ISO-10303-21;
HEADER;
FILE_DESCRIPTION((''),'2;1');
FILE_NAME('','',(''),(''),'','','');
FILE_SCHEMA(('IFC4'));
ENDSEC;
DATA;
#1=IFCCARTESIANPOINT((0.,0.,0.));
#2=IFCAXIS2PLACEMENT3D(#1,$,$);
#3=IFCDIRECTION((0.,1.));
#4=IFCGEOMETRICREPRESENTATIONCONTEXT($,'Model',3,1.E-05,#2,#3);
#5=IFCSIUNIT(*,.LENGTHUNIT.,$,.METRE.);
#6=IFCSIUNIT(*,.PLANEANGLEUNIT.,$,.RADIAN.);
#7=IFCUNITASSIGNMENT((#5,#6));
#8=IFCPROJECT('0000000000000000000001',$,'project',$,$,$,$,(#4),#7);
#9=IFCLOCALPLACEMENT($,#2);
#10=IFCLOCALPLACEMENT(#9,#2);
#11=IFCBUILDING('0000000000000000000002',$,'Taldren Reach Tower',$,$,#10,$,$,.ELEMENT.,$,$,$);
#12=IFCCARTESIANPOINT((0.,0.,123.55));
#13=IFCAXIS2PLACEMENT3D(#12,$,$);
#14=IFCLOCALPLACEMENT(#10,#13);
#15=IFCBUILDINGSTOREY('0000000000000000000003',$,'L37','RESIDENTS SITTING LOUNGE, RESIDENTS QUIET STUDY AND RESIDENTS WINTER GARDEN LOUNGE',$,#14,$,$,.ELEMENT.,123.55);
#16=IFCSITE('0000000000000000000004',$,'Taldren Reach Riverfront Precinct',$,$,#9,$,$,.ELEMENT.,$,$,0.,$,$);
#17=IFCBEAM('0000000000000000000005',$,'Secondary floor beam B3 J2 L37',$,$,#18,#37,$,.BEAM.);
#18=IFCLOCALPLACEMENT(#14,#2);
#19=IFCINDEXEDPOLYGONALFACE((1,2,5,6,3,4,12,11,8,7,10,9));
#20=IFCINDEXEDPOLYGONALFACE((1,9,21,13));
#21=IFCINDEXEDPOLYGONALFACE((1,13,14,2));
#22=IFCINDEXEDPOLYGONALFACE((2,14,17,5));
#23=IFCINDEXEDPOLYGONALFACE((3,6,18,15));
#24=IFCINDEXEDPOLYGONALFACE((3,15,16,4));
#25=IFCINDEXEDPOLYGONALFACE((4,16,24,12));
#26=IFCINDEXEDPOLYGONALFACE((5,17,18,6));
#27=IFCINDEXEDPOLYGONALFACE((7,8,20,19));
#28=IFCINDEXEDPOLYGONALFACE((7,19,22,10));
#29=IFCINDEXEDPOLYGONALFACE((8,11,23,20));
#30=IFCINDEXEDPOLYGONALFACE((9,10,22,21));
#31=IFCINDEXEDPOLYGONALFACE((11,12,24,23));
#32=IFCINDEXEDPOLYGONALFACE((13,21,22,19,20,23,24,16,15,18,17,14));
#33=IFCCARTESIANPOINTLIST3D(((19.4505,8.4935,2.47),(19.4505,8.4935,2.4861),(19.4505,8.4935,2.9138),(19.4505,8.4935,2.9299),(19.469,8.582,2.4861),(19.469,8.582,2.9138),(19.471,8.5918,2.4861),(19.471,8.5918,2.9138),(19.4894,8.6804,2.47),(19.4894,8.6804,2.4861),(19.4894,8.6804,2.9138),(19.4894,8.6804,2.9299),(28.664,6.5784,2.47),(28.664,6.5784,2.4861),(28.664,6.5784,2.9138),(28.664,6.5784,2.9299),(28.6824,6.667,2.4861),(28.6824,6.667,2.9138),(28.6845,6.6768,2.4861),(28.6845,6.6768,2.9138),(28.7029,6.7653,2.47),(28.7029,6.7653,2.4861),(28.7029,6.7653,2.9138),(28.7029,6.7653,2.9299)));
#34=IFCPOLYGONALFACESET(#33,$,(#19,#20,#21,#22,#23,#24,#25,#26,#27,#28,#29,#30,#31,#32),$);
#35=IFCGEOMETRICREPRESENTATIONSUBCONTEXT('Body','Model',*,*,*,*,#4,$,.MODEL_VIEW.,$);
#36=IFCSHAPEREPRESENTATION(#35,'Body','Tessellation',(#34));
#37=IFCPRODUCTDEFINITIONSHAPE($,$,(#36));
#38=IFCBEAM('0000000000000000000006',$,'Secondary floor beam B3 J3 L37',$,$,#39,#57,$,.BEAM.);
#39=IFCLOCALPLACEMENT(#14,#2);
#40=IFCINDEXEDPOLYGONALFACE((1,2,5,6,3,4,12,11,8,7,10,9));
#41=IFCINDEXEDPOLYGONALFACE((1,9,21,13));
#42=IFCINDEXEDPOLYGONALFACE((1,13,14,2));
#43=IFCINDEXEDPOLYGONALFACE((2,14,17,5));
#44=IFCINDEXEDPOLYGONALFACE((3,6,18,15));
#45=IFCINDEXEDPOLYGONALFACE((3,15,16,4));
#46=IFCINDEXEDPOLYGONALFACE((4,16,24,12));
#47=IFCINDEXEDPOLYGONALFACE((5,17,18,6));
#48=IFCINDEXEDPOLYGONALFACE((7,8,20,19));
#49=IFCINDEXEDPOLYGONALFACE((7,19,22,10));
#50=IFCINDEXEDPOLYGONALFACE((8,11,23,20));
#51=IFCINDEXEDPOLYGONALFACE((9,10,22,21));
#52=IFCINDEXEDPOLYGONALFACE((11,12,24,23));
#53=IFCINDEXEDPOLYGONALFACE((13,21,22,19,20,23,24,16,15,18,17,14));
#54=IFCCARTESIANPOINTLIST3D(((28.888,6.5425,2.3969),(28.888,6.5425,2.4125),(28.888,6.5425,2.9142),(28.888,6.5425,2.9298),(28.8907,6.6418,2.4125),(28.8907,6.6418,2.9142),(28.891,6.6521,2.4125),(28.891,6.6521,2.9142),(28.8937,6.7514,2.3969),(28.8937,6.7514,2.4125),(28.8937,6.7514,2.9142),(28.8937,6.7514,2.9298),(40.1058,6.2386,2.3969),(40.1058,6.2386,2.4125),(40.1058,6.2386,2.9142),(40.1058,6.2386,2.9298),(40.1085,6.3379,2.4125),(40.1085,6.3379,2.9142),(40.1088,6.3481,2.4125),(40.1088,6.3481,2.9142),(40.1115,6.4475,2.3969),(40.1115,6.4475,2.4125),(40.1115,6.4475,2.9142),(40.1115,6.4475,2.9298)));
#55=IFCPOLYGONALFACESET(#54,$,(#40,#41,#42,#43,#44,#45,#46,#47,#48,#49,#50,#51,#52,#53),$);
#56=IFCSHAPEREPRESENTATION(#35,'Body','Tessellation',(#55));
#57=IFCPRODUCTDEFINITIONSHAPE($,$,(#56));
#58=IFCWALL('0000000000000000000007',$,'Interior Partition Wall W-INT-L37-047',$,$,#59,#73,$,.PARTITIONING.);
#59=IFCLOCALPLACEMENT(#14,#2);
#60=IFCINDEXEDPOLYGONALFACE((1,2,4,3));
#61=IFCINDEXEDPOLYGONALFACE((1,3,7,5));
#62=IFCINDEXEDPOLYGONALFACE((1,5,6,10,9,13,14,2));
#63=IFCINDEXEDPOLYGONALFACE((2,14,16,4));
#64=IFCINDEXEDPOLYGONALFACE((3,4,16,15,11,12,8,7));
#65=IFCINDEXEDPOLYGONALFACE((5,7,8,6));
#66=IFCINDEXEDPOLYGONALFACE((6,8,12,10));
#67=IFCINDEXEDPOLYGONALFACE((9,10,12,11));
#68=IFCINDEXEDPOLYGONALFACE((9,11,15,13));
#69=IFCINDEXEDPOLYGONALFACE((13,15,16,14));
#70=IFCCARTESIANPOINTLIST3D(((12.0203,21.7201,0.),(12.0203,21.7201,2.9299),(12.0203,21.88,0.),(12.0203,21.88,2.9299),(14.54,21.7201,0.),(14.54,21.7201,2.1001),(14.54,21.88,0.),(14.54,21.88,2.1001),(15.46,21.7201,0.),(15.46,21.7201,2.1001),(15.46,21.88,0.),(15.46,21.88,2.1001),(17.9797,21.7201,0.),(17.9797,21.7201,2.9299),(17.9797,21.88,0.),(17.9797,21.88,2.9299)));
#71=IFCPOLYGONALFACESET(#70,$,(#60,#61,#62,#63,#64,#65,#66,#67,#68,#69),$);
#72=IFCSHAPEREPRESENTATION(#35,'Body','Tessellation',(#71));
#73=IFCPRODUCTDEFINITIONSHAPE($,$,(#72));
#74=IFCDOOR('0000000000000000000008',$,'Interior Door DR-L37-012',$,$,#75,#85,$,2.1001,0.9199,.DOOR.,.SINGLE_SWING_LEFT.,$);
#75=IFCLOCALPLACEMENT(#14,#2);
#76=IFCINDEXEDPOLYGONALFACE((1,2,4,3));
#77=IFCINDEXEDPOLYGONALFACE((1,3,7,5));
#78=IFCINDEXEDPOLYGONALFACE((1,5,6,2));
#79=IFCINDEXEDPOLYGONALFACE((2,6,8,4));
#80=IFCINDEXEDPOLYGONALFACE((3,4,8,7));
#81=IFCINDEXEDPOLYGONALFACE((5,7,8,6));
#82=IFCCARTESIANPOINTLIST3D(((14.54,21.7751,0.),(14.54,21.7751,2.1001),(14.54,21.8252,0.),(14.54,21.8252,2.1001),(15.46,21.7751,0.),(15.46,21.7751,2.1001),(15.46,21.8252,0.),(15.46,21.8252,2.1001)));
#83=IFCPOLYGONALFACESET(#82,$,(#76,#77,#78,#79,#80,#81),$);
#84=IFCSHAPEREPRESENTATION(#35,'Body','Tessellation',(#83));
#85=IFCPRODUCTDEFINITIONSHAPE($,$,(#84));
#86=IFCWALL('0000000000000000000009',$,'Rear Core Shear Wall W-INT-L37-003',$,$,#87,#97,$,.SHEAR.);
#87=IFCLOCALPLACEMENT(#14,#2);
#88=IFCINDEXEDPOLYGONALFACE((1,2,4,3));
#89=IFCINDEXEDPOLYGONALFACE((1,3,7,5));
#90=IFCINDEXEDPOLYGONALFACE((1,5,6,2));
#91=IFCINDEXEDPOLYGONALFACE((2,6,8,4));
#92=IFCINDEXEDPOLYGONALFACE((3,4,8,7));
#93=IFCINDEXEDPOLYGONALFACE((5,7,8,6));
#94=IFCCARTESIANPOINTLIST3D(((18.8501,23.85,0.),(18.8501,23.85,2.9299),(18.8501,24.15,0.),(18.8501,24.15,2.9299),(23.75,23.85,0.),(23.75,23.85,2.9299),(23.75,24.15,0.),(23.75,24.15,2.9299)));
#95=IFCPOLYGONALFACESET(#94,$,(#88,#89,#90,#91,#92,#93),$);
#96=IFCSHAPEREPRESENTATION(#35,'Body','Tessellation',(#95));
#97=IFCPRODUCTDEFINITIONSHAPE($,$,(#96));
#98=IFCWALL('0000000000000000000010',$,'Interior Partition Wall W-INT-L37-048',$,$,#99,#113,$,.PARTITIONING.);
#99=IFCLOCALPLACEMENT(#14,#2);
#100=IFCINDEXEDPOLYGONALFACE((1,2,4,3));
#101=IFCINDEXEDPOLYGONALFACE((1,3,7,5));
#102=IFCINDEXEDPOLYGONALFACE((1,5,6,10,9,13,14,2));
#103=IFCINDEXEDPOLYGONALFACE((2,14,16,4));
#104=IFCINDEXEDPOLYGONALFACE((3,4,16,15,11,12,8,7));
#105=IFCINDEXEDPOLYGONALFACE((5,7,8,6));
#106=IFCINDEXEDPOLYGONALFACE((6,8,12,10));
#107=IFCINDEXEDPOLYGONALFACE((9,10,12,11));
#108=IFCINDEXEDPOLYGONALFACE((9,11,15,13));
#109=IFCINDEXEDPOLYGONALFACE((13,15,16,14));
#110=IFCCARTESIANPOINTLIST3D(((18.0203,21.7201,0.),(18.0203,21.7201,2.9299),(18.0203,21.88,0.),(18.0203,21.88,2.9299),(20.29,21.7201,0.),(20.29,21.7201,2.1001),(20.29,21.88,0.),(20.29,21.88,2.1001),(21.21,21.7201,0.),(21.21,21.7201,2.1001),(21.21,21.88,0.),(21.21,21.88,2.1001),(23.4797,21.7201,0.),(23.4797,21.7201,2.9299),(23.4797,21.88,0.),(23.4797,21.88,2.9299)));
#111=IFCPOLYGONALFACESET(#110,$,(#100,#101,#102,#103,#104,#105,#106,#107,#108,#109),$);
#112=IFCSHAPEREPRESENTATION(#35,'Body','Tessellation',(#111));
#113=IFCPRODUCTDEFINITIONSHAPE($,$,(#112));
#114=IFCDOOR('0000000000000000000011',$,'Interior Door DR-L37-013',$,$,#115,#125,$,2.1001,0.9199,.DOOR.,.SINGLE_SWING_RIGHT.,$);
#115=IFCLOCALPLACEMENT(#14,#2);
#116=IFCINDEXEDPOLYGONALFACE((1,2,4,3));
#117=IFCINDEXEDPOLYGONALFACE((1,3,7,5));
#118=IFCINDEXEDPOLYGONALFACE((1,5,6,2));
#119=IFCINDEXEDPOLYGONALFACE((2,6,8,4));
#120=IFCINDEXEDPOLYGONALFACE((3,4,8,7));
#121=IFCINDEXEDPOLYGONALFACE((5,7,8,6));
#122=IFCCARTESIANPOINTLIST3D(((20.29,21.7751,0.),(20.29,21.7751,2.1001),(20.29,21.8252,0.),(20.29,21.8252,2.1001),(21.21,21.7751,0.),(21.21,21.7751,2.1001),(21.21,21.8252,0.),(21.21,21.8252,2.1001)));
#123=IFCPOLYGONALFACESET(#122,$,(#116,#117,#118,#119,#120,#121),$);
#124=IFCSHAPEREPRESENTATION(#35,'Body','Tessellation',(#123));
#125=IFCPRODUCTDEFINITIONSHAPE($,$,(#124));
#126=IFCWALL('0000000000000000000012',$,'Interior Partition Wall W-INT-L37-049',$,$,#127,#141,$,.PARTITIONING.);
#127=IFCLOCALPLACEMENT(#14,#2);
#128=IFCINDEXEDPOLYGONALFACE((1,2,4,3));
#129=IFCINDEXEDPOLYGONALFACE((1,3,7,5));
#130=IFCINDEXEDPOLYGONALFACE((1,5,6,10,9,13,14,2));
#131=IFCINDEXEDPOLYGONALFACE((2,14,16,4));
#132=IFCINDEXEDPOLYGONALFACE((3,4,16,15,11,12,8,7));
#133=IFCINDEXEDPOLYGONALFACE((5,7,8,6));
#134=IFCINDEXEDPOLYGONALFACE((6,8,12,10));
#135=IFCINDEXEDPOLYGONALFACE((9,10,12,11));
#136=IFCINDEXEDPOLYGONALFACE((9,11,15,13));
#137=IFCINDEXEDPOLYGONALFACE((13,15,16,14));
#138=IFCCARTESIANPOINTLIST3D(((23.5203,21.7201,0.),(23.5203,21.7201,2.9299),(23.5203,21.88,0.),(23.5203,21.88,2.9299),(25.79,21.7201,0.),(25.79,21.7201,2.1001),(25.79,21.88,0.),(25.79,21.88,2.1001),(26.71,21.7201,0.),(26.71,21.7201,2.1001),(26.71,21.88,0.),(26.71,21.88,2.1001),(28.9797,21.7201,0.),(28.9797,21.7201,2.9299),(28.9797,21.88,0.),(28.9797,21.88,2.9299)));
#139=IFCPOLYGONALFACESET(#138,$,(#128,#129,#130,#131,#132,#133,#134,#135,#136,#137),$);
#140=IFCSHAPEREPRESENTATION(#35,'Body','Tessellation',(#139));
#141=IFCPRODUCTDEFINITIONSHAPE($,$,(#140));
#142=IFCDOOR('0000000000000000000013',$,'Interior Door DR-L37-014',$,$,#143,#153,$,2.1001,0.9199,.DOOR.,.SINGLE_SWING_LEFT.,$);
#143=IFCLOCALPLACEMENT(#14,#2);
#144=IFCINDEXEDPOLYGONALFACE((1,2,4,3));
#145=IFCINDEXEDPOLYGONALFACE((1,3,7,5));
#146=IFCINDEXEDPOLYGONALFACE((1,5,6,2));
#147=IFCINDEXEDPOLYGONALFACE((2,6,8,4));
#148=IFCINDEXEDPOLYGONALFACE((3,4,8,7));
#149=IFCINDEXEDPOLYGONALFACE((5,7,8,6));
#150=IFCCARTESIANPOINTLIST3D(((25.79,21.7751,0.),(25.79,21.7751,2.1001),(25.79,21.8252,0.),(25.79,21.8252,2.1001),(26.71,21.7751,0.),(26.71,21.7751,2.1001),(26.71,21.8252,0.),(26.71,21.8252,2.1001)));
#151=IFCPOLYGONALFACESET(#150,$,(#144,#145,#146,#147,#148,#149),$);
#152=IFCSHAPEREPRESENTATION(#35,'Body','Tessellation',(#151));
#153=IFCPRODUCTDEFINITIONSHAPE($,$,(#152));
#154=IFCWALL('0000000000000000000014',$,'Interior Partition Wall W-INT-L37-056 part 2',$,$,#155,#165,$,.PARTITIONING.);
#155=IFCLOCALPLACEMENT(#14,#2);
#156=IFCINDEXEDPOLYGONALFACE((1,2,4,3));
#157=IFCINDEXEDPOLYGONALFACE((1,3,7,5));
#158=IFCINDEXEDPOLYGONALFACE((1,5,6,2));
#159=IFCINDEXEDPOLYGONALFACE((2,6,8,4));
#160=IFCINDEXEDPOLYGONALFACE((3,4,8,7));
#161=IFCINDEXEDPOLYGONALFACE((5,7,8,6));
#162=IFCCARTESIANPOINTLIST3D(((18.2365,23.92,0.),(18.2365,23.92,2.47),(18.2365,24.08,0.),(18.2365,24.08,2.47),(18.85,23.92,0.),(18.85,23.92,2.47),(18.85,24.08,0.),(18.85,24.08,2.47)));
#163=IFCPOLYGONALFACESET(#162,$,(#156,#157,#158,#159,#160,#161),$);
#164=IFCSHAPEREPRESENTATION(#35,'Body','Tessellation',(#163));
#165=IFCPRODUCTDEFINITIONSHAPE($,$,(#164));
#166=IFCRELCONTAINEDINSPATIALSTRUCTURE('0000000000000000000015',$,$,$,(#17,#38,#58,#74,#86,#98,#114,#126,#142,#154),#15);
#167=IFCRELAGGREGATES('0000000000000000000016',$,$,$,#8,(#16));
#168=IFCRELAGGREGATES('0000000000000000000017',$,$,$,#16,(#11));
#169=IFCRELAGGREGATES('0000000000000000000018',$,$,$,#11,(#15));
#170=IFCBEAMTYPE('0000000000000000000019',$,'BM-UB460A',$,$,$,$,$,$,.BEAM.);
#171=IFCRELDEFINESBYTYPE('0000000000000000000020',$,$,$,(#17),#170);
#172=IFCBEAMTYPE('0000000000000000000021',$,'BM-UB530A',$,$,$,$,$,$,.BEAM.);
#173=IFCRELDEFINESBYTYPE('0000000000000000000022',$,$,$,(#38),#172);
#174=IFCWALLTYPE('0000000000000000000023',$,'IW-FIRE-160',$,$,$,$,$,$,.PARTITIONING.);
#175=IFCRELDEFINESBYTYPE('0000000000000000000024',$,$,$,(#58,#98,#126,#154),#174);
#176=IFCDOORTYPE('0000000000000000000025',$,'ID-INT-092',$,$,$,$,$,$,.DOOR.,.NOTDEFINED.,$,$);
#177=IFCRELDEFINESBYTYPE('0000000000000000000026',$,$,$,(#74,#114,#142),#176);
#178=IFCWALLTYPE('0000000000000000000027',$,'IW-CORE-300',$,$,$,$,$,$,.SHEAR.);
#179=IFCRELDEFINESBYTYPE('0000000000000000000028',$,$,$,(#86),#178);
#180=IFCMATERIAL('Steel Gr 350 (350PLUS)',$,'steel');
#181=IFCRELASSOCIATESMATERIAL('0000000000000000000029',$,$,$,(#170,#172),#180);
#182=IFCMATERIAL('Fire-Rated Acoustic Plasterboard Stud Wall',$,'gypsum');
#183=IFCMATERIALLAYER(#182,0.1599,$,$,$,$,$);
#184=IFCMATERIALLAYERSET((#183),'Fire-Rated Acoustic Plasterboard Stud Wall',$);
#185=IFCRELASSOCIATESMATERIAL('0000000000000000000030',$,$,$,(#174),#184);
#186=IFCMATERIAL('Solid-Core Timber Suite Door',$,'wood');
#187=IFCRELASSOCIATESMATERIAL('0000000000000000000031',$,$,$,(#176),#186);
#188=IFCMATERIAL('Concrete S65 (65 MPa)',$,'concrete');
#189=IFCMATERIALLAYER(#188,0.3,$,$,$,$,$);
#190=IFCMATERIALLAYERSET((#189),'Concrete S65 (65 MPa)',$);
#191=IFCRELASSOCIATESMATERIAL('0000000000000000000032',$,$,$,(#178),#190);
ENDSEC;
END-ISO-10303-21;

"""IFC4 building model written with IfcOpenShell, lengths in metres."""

from ifc_helpers import new_model, si_unit, direction, frame, frame_2d, origin, origin_2d, place, context, subcontext, project, spatial, rectangle, i_section, extrude, source, transform, mapped, material, layer, layer_set, material_profile, profile_set, type_object, element, fill, save


model = new_model("IFC4")

# Units and contexts
model_context = context("Model", 3, precision=1e-05, world=origin(), true_north=direction((0.0, 1.0)))
body_context = subcontext(model_context, "Body", "Model", "MODEL_VIEW")
ifc_project = project(units=[si_unit("LENGTHUNIT", "METRE"), si_unit("PLANEANGLEUNIT", "RADIAN")], contexts=[model_context])

# Site, building, storey
site_placement = place(None, origin())
site = spatial("IfcSite", under=ifc_project, at=site_placement, Name="Taldren Reach Riverfront Precinct", CompositionType="ELEMENT", RefElevation=0.0)
building_placement = place(site_placement, origin())
building = spatial("IfcBuilding", under=site, at=building_placement, Name="Taldren Reach Tower", CompositionType="ELEMENT")
storey_placement = place(building_placement, frame((0.0, 0.0, 123.55)))
storey = spatial("IfcBuildingStorey", under=building, at=storey_placement, Name="L37", Description="RESIDENTS SITTING LOUNGE, RESIDENTS QUIET STUDY AND RESIDENTS WINTER GARDEN LOUNGE", CompositionType="ELEMENT", Elevation=123.55)

# Shared definitions
ifc_material_1 = material(Name="Steel Gr 350 (350PLUS)", Category="steel")

# Shared definitions
ifc_material_profile_1 = material_profile(ifc_material_1, i_section(OverallWidth=0.1909, OverallDepth=0.46, WebThickness=0.01, FlangeThickness=0.0161, at=origin_2d()), Name="460UB82.1")
ifc_profile_set_1 = profile_set([ifc_material_profile_1], Name="Steel Gr 350 (350PLUS)")
beam_type_1 = type_object("IfcBeamType", Name="BM-UB460A", PredefinedType="BEAM", material=ifc_profile_set_1)
ifc_material_profile_2 = material_profile(ifc_material_1, i_section(OverallWidth=0.209, OverallDepth=0.533, WebThickness=0.0103, FlangeThickness=0.0156, at=origin_2d()), Name="530UB92.4")
ifc_profile_set_2 = profile_set([ifc_material_profile_2], Name="Steel Gr 350 (350PLUS)")
beam_type_2 = type_object("IfcBeamType", Name="BM-UB530A", PredefinedType="BEAM", material=ifc_profile_set_2)

# Beams
shared_shape_1 = source(origin(), body_context, "Body", "SweptSolid", [
    extrude(i_section(OverallWidth=0.1909, OverallDepth=0.46, WebThickness=0.01, FlangeThickness=0.0161, at=origin_2d()), origin(), (0.0, 0.0, 1.0), 9.4104),
])
beam_1_placement = place(storey_placement, frame((19.47, 8.5869, 2.7), z_axis=(0.979074, -0.203505, 0.0), x_axis=(0.203505, 0.979074, 0.0)))
element("IfcBeam", 1, at=beam_1_placement, inside=storey, type_object=beam_type_1, Name="Secondary floor beam B3 J2 L37", PredefinedType="BEAM", context=body_context, shape_type="MappedRepresentation", body=[
    mapped(shared_shape_1, transform((0.0, 0.0, 0.0), scale=1.0)),
])
shared_shape_2 = source(origin(), body_context, "Body", "SweptSolid", [
    extrude(i_section(OverallWidth=0.209, OverallDepth=0.533, WebThickness=0.0103, FlangeThickness=0.0156, at=origin_2d()), origin(), (0.0, 0.0, 1.0), 11.2219),
])
beam_2_placement = place(storey_placement, frame((28.8909, 6.647, 2.6633), z_axis=(0.999633, -0.027086, 0.0), x_axis=(0.027086, 0.999633, 0.0)))
element("IfcBeam", 2, at=beam_2_placement, inside=storey, type_object=beam_type_2, Name="Secondary floor beam B3 J3 L37", PredefinedType="BEAM", context=body_context, shape_type="MappedRepresentation", body=[
    mapped(shared_shape_2, transform((0.0, 0.0, 0.0), scale=1.0)),
])

# Wall, opening, door
ifc_material_2 = material(Name="Fire-Rated Acoustic Plasterboard Stud Wall", Category="gypsum")
ifc_layer_1 = layer(ifc_material_2, 0.1599)
ifc_layer_set_1 = layer_set([ifc_layer_1], Name="Fire-Rated Acoustic Plasterboard Stud Wall")
wall_type_1 = type_object("IfcWallType", Name="IW-FIRE-160", PredefinedType="PARTITIONING", material=ifc_layer_set_1)
shared_shape_3 = source(origin(), body_context, "Body", "SweptSolid", [
    extrude(rectangle(XDim=5.9595, YDim=0.1599, at=frame_2d((2.9797, 0.0))), origin(), (0.0, 0.0, 1.0), 2.9299),
])
wall_1_placement = place(storey_placement, frame((17.9797, 21.8, 0.0), z_axis=(0.0, 0.0, 1.0), x_axis=(-1.0, 0.0, 0.0)))
wall_1 = element("IfcWall", 3, at=wall_1_placement, inside=storey, type_object=wall_type_1, Name="Interior Partition Wall W-INT-L37-047", PredefinedType="PARTITIONING", context=body_context, shape_type="MappedRepresentation", body=[
    mapped(shared_shape_3, transform((0.0, 0.0, 0.0), scale=1.0)),
])
shared_shape_4 = source(origin(), body_context, "Body", "SweptSolid", [
    extrude(rectangle(XDim=0.9199, YDim=2.1001, at=frame_2d((0.46, 1.05))), frame((0.0, 0.0898, 0.0), z_axis=(0.0, -1.0, 0.0), x_axis=(1.0, 0.0, 0.0)), (0.0, 0.0, 1.0), 0.1799),
])
opening_1_placement = place(wall_1_placement, frame((2.5198, 0.0, 0.0)))
opening_1 = element("IfcOpeningElement", 4, at=opening_1_placement, cuts=wall_1, PredefinedType="OPENING", context=body_context, shape_type="MappedRepresentation", body=[
    mapped(shared_shape_4, transform((0.0, 0.0, 0.0), scale=1.0)),
])
ifc_material_3 = material(Name="Solid-Core Timber Suite Door", Category="wood")
door_type = type_object("IfcDoorType", Name="ID-INT-092", OperationType="NOTDEFINED", PredefinedType="DOOR", material=ifc_material_3)
shared_shape_5 = source(origin(), body_context, "Body", "SweptSolid", [
    extrude(rectangle(XDim=0.9199, YDim=2.1001, at=frame_2d((0.46, 1.05))), frame((0.0, 0.0249, 0.0), z_axis=(0.0, -1.0, 0.0), x_axis=(1.0, 0.0, 0.0)), (0.0, 0.0, 1.0), 0.05),
])
door_1_placement = place(opening_1_placement, origin())
door_1 = element("IfcDoor", 5, at=door_1_placement, inside=storey, type_object=door_type, Name="Interior Door DR-L37-012", OperationType="SINGLE_SWING_LEFT", OverallHeight=2.1001, OverallWidth=0.9199, PredefinedType="DOOR", context=body_context, shape_type="MappedRepresentation", body=[
    mapped(shared_shape_5, transform((0.0, 0.0, 0.0), scale=1.0)),
])
fill(opening_1, door_1)

# Wall
ifc_material_4 = material(Name="Concrete S65 (65 MPa)", Category="concrete")
ifc_layer_2 = layer(ifc_material_4, 0.3)
ifc_layer_set_2 = layer_set([ifc_layer_2], Name="Concrete S65 (65 MPa)")
wall_type_2 = type_object("IfcWallType", Name="IW-CORE-300", PredefinedType="SHEAR", material=ifc_layer_set_2)
shared_shape_6 = source(origin(), body_context, "Body", "SweptSolid", [
    extrude(rectangle(XDim=4.8999, YDim=0.3, at=frame_2d((2.45, 0.0))), origin(), (0.0, 0.0, 1.0), 2.9299),
])
wall_2_placement = place(storey_placement, frame((18.8501, 24.0, 0.0), z_axis=(0.0, 0.0, 1.0), x_axis=(1.0, 0.0, 0.0)))
element("IfcWall", 6, at=wall_2_placement, inside=storey, type_object=wall_type_2, Name="Rear Core Shear Wall W-INT-L37-003", PredefinedType="SHEAR", context=body_context, shape_type="MappedRepresentation", body=[
    mapped(shared_shape_6, transform((0.0, 0.0, 0.0), scale=1.0)),
])

# Walls, openings, doors
shared_shape_7 = source(origin(), body_context, "Body", "SweptSolid", [
    extrude(rectangle(XDim=5.4595, YDim=0.1599, at=frame_2d((2.7297, 0.0))), origin(), (0.0, 0.0, 1.0), 2.9299),
])
wall_3_placement = place(storey_placement, frame((23.4797, 21.8, 0.0), z_axis=(0.0, 0.0, 1.0), x_axis=(-1.0, 0.0, 0.0)))
wall_3 = element("IfcWall", 7, at=wall_3_placement, inside=storey, type_object=wall_type_1, Name="Interior Partition Wall W-INT-L37-048", PredefinedType="PARTITIONING", context=body_context, shape_type="MappedRepresentation", body=[
    mapped(shared_shape_7, transform((0.0, 0.0, 0.0), scale=1.0)),
])
opening_2_placement = place(wall_3_placement, frame((2.2698, 0.0, 0.0)))
opening_2 = element("IfcOpeningElement", 8, at=opening_2_placement, cuts=wall_3, PredefinedType="OPENING", context=body_context, shape_type="MappedRepresentation", body=[
    mapped(shared_shape_4, transform((0.0, 0.0, 0.0), scale=1.0)),
])
door_2_placement = place(opening_2_placement, origin())
door_2 = element("IfcDoor", 9, at=door_2_placement, inside=storey, type_object=door_type, Name="Interior Door DR-L37-013", OperationType="SINGLE_SWING_RIGHT", OverallHeight=2.1001, OverallWidth=0.9199, PredefinedType="DOOR", context=body_context, shape_type="MappedRepresentation", body=[
    mapped(shared_shape_5, transform((0.0, 0.0, 0.0), scale=1.0)),
])
fill(opening_2, door_2)
wall_4_placement = place(storey_placement, frame((28.9797, 21.8, 0.0), z_axis=(0.0, 0.0, 1.0), x_axis=(-1.0, 0.0, 0.0)))
wall_4 = element("IfcWall", 10, at=wall_4_placement, inside=storey, type_object=wall_type_1, Name="Interior Partition Wall W-INT-L37-049", PredefinedType="PARTITIONING", context=body_context, shape_type="MappedRepresentation", body=[
    mapped(shared_shape_7, transform((0.0, 0.0, 0.0), scale=1.0)),
])
opening_3_placement = place(wall_4_placement, frame((2.2698, 0.0, 0.0)))
opening_3 = element("IfcOpeningElement", 11, at=opening_3_placement, cuts=wall_4, PredefinedType="OPENING", context=body_context, shape_type="MappedRepresentation", body=[
    mapped(shared_shape_4, transform((0.0, 0.0, 0.0), scale=1.0)),
])
door_3_placement = place(opening_3_placement, origin())
door_3 = element("IfcDoor", 12, at=door_3_placement, inside=storey, type_object=door_type, Name="Interior Door DR-L37-014", OperationType="SINGLE_SWING_LEFT", OverallHeight=2.1001, OverallWidth=0.9199, PredefinedType="DOOR", context=body_context, shape_type="MappedRepresentation", body=[
    mapped(shared_shape_5, transform((0.0, 0.0, 0.0), scale=1.0)),
])
fill(opening_3, door_3)

# Wall
shared_shape_8 = source(origin(), body_context, "Body", "SweptSolid", [
    extrude(rectangle(XDim=0.6135, YDim=0.1599, at=frame_2d((0.3066, 0.0))), origin(), (0.0, 0.0, 1.0), 2.47),
])
wall_5_placement = place(storey_placement, frame((18.2366, 24.0, 0.0), z_axis=(0.0, 0.0, 1.0), x_axis=(1.0, 0.0, 0.0)))
element("IfcWall", 13, at=wall_5_placement, inside=storey, type_object=wall_type_1, Name="Interior Partition Wall W-INT-L37-056 part 2", PredefinedType="PARTITIONING", context=body_context, shape_type="MappedRepresentation", body=[
    mapped(shared_shape_8, transform((0.0, 0.0, 0.0), scale=1.0)),
])

save(model, "model.ifc")
